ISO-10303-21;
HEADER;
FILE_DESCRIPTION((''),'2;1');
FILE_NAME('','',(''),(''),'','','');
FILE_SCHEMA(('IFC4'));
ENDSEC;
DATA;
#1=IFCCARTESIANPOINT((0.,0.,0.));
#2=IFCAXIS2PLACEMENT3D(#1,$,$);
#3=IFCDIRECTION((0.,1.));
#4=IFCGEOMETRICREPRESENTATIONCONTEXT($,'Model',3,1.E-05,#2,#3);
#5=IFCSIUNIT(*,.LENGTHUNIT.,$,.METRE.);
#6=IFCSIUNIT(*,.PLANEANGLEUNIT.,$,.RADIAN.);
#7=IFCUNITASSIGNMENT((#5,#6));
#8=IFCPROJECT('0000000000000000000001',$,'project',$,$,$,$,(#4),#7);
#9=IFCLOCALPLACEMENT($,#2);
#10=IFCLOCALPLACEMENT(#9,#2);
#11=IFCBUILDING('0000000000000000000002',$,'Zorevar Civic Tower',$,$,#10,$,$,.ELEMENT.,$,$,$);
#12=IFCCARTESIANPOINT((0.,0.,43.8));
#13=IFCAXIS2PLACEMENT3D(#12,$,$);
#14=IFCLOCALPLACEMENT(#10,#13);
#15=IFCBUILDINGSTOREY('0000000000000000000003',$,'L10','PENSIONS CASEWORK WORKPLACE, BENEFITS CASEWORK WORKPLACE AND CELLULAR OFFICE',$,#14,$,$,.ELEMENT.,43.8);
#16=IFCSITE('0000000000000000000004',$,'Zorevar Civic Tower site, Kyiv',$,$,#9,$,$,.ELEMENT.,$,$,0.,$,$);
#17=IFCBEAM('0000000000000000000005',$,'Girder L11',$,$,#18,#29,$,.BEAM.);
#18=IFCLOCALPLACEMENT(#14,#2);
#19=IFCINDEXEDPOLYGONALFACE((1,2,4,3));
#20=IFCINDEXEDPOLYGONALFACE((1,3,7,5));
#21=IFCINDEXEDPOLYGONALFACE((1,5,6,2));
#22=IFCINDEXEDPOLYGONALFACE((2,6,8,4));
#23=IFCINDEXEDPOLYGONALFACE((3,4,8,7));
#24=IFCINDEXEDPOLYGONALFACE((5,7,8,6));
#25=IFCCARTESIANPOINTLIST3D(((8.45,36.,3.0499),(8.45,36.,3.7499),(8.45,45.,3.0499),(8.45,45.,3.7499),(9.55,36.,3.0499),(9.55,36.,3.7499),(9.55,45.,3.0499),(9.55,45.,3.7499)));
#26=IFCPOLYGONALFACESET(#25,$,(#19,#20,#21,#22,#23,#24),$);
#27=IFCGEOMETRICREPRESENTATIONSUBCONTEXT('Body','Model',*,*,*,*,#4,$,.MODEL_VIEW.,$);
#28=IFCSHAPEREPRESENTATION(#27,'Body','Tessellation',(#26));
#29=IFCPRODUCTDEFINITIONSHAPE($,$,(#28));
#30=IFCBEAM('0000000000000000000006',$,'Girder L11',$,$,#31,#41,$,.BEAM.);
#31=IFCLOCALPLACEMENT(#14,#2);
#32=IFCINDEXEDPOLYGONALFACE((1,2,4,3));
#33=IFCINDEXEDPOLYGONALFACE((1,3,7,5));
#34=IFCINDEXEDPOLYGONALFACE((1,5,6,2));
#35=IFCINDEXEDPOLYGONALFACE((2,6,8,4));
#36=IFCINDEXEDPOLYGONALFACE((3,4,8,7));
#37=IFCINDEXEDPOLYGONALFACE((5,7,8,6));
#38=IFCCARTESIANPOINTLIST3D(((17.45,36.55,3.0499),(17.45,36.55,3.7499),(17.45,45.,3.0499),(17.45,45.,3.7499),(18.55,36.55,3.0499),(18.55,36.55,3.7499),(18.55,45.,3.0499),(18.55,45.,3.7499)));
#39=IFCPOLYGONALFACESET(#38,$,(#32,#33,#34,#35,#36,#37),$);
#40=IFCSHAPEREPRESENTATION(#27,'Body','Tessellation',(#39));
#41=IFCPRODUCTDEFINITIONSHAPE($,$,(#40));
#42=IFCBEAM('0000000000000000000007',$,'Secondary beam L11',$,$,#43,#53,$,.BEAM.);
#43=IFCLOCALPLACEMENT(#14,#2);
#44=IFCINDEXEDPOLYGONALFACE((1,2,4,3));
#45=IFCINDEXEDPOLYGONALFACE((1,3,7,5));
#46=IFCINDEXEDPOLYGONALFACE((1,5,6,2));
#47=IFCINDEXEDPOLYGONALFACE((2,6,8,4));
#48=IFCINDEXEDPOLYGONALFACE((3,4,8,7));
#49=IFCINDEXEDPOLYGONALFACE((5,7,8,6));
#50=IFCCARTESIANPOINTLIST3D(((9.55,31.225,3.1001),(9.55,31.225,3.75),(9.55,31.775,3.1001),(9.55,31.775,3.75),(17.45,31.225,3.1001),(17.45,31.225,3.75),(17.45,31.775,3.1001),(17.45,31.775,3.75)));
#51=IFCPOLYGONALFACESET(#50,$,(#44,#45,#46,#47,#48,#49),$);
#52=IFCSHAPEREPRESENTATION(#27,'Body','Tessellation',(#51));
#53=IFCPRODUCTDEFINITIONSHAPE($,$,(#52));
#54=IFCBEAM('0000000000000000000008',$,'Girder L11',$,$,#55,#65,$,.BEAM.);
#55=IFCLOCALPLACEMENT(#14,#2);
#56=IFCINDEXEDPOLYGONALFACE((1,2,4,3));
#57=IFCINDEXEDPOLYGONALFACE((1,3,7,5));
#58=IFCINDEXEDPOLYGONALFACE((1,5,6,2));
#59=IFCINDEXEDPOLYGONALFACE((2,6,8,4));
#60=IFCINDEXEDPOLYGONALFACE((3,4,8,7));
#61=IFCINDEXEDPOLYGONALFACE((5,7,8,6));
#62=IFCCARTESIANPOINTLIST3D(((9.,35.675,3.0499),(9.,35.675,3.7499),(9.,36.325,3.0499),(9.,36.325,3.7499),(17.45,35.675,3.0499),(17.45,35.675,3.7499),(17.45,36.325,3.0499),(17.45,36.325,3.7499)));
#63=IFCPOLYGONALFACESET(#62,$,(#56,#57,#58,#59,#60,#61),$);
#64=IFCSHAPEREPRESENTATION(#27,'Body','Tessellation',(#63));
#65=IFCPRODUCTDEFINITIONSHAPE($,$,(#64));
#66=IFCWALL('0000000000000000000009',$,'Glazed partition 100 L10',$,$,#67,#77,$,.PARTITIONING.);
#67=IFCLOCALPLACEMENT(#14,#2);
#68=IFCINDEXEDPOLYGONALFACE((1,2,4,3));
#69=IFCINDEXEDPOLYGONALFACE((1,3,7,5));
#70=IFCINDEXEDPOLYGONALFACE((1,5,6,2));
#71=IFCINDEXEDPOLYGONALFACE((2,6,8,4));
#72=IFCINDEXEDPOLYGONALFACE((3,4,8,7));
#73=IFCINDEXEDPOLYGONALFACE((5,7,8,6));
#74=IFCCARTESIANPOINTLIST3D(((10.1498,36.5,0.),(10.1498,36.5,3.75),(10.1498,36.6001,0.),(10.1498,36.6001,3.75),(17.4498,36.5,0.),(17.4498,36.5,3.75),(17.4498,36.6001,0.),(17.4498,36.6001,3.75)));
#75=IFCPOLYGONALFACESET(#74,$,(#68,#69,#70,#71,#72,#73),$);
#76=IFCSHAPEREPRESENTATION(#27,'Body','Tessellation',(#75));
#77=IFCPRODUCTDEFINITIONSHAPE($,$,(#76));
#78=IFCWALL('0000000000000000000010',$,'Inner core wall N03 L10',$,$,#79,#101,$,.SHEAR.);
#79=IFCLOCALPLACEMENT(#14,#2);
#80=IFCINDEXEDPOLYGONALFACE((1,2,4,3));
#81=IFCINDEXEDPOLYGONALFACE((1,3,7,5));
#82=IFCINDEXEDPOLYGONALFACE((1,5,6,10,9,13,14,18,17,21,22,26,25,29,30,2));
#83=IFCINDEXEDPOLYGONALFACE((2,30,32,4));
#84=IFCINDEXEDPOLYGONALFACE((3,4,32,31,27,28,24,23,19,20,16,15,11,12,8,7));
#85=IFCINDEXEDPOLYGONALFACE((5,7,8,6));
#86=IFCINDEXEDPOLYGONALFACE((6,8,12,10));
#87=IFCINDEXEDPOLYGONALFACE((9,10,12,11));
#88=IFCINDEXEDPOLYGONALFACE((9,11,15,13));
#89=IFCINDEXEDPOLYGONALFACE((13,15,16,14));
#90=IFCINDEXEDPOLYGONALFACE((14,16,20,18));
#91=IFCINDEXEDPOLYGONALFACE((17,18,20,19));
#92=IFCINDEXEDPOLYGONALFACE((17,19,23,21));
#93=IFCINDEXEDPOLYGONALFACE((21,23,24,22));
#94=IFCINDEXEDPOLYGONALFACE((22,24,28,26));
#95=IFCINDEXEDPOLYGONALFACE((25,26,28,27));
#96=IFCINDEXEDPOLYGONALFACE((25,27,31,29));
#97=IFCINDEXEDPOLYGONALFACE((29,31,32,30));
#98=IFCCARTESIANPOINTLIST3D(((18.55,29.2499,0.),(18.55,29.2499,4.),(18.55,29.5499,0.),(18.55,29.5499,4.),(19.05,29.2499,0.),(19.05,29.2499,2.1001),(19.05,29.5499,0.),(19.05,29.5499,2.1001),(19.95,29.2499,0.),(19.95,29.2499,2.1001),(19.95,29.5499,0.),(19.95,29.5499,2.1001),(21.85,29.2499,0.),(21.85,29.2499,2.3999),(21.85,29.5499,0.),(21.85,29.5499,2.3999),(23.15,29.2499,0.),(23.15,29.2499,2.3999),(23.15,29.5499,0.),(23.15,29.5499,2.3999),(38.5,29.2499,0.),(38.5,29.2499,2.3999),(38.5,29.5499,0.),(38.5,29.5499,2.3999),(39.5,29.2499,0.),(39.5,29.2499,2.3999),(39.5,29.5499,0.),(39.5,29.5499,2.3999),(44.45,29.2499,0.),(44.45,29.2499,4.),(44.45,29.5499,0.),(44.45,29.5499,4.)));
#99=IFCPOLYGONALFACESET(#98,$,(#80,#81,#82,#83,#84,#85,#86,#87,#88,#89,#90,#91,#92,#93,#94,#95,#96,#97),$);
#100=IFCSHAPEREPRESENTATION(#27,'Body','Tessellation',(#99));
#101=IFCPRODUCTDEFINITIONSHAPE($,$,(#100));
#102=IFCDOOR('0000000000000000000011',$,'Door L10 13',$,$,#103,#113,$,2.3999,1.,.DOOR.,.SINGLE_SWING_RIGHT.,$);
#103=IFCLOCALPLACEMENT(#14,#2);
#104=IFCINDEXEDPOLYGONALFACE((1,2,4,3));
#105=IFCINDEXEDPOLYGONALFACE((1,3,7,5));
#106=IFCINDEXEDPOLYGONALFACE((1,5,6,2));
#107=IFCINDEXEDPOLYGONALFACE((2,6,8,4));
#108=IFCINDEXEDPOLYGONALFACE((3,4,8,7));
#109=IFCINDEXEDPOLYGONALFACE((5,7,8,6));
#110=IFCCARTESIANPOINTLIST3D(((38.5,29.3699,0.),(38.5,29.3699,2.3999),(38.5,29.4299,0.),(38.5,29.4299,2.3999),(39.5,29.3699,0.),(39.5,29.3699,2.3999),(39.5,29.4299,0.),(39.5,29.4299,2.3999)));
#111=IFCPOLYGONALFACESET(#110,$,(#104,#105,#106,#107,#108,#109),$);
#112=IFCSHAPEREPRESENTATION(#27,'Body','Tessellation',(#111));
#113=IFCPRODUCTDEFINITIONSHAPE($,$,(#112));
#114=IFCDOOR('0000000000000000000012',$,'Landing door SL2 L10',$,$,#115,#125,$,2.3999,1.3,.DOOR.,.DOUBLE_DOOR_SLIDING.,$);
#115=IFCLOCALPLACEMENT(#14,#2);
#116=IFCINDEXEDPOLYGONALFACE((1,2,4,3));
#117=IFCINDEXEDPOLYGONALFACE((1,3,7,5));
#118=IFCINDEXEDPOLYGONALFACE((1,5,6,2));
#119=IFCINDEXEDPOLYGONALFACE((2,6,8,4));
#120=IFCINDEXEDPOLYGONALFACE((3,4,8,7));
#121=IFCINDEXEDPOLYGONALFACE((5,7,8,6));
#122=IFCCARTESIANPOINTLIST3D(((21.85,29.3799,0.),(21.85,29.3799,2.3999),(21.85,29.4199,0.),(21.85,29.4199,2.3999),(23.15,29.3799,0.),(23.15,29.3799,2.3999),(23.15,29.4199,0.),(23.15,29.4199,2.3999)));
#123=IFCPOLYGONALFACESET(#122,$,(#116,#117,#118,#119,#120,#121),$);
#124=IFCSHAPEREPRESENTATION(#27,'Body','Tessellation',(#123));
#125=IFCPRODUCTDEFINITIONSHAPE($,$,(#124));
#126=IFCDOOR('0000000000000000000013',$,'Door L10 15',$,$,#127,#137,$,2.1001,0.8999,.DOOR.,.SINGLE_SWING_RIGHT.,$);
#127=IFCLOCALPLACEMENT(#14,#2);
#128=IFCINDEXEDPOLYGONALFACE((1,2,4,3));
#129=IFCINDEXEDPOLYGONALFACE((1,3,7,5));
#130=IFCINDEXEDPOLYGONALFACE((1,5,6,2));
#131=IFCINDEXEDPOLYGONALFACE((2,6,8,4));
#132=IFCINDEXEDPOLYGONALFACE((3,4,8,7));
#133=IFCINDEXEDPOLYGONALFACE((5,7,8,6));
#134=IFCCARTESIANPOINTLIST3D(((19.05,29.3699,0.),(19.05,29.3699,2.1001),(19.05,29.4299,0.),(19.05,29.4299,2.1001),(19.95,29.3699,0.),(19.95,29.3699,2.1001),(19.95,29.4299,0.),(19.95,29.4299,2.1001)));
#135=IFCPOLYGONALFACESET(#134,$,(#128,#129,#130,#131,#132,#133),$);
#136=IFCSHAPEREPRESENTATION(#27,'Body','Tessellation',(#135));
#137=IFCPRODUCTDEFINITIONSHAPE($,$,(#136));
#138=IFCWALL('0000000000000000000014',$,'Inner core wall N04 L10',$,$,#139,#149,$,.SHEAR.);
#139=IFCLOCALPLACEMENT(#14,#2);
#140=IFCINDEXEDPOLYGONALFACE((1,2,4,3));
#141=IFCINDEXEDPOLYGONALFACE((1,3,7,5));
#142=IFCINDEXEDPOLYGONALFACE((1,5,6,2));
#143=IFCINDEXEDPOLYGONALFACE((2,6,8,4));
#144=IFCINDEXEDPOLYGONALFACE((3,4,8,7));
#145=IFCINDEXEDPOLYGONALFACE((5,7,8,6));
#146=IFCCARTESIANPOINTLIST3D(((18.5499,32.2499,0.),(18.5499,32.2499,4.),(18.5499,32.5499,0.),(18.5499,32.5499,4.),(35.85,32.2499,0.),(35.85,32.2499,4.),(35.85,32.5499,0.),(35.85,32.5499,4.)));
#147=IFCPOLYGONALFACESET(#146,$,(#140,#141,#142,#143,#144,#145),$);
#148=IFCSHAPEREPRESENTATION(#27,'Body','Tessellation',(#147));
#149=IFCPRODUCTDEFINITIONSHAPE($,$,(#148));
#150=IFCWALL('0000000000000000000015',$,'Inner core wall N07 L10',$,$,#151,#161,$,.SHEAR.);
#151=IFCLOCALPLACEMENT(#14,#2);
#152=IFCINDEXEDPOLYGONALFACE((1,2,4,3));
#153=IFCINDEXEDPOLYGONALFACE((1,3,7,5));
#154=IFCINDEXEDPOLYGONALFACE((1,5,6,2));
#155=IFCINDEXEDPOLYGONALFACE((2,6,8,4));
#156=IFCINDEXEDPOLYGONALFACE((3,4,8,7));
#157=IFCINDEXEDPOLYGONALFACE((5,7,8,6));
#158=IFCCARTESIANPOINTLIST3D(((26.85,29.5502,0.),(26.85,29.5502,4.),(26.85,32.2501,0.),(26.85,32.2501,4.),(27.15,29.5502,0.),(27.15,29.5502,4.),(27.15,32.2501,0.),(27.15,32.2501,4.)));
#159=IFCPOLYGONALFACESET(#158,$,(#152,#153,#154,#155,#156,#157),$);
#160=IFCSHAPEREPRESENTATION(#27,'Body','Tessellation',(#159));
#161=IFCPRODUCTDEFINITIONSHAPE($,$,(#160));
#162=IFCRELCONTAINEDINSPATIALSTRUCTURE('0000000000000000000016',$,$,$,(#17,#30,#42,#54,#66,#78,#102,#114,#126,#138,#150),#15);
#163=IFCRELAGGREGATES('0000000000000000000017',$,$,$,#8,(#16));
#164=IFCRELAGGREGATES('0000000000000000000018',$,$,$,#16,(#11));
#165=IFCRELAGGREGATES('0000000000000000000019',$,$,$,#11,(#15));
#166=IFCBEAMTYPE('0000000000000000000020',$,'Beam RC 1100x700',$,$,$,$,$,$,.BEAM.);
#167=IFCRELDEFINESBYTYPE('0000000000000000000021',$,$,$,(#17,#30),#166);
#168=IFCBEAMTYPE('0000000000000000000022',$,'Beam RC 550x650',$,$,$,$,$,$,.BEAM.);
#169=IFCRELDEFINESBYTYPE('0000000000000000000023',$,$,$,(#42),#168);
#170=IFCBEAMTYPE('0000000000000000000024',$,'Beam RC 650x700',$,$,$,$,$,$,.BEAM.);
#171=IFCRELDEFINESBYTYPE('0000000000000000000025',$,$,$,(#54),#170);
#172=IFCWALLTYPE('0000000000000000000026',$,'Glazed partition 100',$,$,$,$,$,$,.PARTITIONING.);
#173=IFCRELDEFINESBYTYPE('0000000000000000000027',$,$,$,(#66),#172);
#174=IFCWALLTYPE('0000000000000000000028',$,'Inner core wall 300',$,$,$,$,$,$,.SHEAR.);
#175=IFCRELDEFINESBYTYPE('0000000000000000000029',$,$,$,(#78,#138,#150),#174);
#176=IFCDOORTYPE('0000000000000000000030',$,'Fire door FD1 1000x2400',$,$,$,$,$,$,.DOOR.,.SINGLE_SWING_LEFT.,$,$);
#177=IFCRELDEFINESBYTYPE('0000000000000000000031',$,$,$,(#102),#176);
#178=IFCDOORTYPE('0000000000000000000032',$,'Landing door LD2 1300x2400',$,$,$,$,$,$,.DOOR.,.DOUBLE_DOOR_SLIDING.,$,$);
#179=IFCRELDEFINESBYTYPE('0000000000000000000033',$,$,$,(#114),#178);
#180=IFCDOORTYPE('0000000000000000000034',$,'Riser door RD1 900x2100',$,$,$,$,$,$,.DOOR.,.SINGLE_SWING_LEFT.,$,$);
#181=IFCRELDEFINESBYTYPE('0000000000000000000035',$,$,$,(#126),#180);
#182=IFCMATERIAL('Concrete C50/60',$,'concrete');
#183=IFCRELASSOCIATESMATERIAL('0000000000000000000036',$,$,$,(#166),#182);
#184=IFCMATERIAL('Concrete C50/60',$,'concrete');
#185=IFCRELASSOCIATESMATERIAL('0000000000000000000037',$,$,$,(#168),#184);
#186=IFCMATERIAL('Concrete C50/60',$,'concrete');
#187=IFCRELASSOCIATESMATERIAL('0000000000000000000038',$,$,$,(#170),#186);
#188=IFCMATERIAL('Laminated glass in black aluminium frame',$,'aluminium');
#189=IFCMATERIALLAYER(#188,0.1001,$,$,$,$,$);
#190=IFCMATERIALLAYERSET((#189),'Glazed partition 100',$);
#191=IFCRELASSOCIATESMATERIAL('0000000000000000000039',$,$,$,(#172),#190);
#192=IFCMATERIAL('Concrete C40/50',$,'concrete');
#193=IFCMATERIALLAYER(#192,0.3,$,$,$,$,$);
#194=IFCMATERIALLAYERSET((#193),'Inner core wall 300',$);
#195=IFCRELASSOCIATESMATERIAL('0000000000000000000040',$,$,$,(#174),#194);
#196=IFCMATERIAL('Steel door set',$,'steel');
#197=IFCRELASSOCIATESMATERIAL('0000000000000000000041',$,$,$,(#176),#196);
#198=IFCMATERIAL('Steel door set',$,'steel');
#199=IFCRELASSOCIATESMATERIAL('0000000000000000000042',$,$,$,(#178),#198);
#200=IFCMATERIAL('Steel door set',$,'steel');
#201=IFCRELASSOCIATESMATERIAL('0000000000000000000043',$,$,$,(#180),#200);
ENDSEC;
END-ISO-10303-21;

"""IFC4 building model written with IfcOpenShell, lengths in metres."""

from ifc_helpers import new_model, si_unit, direction, frame, frame_2d, origin, origin_2d, place, context, subcontext, project, spatial, rectangle, extrude, material, layer, layer_set, material_profile, profile_set, type_object, element, fill, save


model = new_model("IFC4")

# Units and contexts
model_context = context("Model", 3, precision=1e-05, world=origin(), true_north=direction((0.0, 1.0)))
body_context = subcontext(model_context, "Body", "Model", "MODEL_VIEW")
ifc_project = project(units=[si_unit("LENGTHUNIT", "METRE"), si_unit("PLANEANGLEUNIT", "RADIAN")], contexts=[model_context])

# Site, building, storey
site_placement = place(None, origin())
site = spatial("IfcSite", under=ifc_project, at=site_placement, Name="Zorevar Civic Tower site, Kyiv", CompositionType="ELEMENT", RefElevation=0.0)
building_placement = place(site_placement, origin())
building = spatial("IfcBuilding", under=site, at=building_placement, Name="Zorevar Civic Tower", CompositionType="ELEMENT")
storey_placement = place(building_placement, frame((0.0, 0.0, 43.8)))
storey = spatial("IfcBuildingStorey", under=building, at=storey_placement, Name="L10", Description="PENSIONS CASEWORK WORKPLACE, BENEFITS CASEWORK WORKPLACE AND CELLULAR OFFICE", CompositionType="ELEMENT", Elevation=43.8)

# Beams
ifc_material_1 = material(Name="Concrete C50/60", Category="concrete")
ifc_material_profile_1 = material_profile(ifc_material_1, rectangle(XDim=1.1001, YDim=0.7, at=origin_2d()), Name="RC 1100x700")
ifc_profile_set_1 = profile_set([ifc_material_profile_1], Name="Concrete C50/60")
beam_type_1 = type_object("IfcBeamType", Name="Beam RC 1100x700", PredefinedType="BEAM", material=ifc_profile_set_1)
beam_1_placement = place(storey_placement, frame((9.0, 36.0, 3.3999), z_axis=(0.0, 1.0, 0.0), x_axis=(-1.0, 0.0, 0.0)))
element("IfcBeam", 1, at=beam_1_placement, inside=storey, type_object=beam_type_1, Name="Girder L11", PredefinedType="BEAM", context=body_context, shape_type="SweptSolid", body=[
    extrude(rectangle(XDim=1.1001, YDim=0.7, at=origin_2d()), origin(), (0.0, 0.0, 1.0), 9.0),
])
beam_2_placement = place(storey_placement, frame((18.0, 36.55, 3.3999), z_axis=(0.0, 1.0, 0.0), x_axis=(-1.0, 0.0, 0.0)))
element("IfcBeam", 2, at=beam_2_placement, inside=storey, type_object=beam_type_1, Name="Girder L11", PredefinedType="BEAM", context=body_context, shape_type="SweptSolid", body=[
    extrude(rectangle(XDim=1.1001, YDim=0.7, at=origin_2d()), origin(), (0.0, 0.0, 1.0), 8.45),
])
ifc_material_2 = material(Name="Concrete C50/60", Category="concrete")
ifc_material_profile_2 = material_profile(ifc_material_2, rectangle(XDim=0.55, YDim=0.6499, at=origin_2d()), Name="RC 550x650")
ifc_profile_set_2 = profile_set([ifc_material_profile_2], Name="Concrete C50/60")
beam_type_2 = type_object("IfcBeamType", Name="Beam RC 550x650", PredefinedType="BEAM", material=ifc_profile_set_2)
beam_3_placement = place(storey_placement, frame((9.55, 31.5, 3.425), z_axis=(1.0, 0.0, 0.0), x_axis=(0.0, 1.0, 0.0)))
element("IfcBeam", 3, at=beam_3_placement, inside=storey, type_object=beam_type_2, Name="Secondary beam L11", PredefinedType="BEAM", context=body_context, shape_type="SweptSolid", body=[
    extrude(rectangle(XDim=0.55, YDim=0.6499, at=origin_2d()), origin(), (0.0, 0.0, 1.0), 7.8999),
])
ifc_material_3 = material(Name="Concrete C50/60", Category="concrete")
ifc_material_profile_3 = material_profile(ifc_material_3, rectangle(XDim=0.6499, YDim=0.7, at=origin_2d()), Name="RC 650x700")
ifc_profile_set_3 = profile_set([ifc_material_profile_3], Name="Concrete C50/60")
beam_type_3 = type_object("IfcBeamType", Name="Beam RC 650x700", PredefinedType="BEAM", material=ifc_profile_set_3)
beam_4_placement = place(storey_placement, frame((9.0, 36.0, 3.3999), z_axis=(1.0, 0.0, 0.0), x_axis=(0.0, 1.0, 0.0)))
element("IfcBeam", 4, at=beam_4_placement, inside=storey, type_object=beam_type_3, Name="Girder L11", PredefinedType="BEAM", context=body_context, shape_type="SweptSolid", body=[
    extrude(rectangle(XDim=0.6499, YDim=0.7, at=origin_2d()), origin(), (0.0, 0.0, 1.0), 8.45),
])

# Wall
ifc_material_4 = material(Name="Laminated glass in black aluminium frame", Category="aluminium")
ifc_layer_1 = layer(ifc_material_4, 0.1001)
ifc_layer_set_1 = layer_set([ifc_layer_1], Name="Glazed partition 100")
wall_type_1 = type_object("IfcWallType", Name="Glazed partition 100", PredefinedType="PARTITIONING", material=ifc_layer_set_1)
wall_1_placement = place(storey_placement, frame((10.1499, 36.55, 0.0), z_axis=(0.0, 0.0, 1.0), x_axis=(1.0, 0.0, 0.0)))
element("IfcWall", 5, at=wall_1_placement, inside=storey, type_object=wall_type_1, Name="Glazed partition 100 L10", PredefinedType="PARTITIONING", context=body_context, shape_type="SweptSolid", body=[
    extrude(rectangle(XDim=7.3, YDim=0.1001, at=frame_2d((3.6499, 0.0))), origin(), (0.0, 0.0, 1.0), 3.75),
])

# Wall, openings, doors
ifc_material_5 = material(Name="Concrete C40/50", Category="concrete")
ifc_layer_2 = layer(ifc_material_5, 0.3)
ifc_layer_set_2 = layer_set([ifc_layer_2], Name="Inner core wall 300")
wall_type_2 = type_object("IfcWallType", Name="Inner core wall 300", PredefinedType="SHEAR", material=ifc_layer_set_2)
wall_2_placement = place(storey_placement, frame((18.55, 29.3999, 0.0), z_axis=(0.0, 0.0, 1.0), x_axis=(1.0, 0.0, 0.0)))
wall_2 = element("IfcWall", 6, at=wall_2_placement, inside=storey, type_object=wall_type_2, Name="Inner core wall N03 L10", PredefinedType="SHEAR", context=body_context, shape_type="SweptSolid", body=[
    extrude(rectangle(XDim=25.8999, YDim=0.3, at=frame_2d((12.95, 0.0))), origin(), (0.0, 0.0, 1.0), 4.0),
])
opening_1_placement = place(wall_2_placement, frame((19.95, 0.0, 0.0)))
opening_1 = element("IfcOpeningElement", 7, at=opening_1_placement, cuts=wall_2, PredefinedType="OPENING", context=body_context, shape_type="SweptSolid", body=[
    extrude(rectangle(XDim=1.0, YDim=2.3999, at=frame_2d((0.5, 1.2))), frame((0.0, 0.1599, 0.0), z_axis=(0.0, -1.0, 0.0), x_axis=(1.0, 0.0, 0.0)), (0.0, 0.0, 1.0), 0.3201),
])
opening_2_placement = place(wall_2_placement, frame((0.5, 0.0, 0.0)))
opening_2 = element("IfcOpeningElement", 8, at=opening_2_placement, cuts=wall_2, PredefinedType="OPENING", context=body_context, shape_type="SweptSolid", body=[
    extrude(rectangle(XDim=0.8999, YDim=2.1001, at=frame_2d((0.45, 1.05))), frame((0.0, 0.1599, 0.0), z_axis=(0.0, -1.0, 0.0), x_axis=(1.0, 0.0, 0.0)), (0.0, 0.0, 1.0), 0.3201),
])
opening_3_placement = place(wall_2_placement, frame((3.3, 0.0, 0.0)))
opening_3 = element("IfcOpeningElement", 9, at=opening_3_placement, cuts=wall_2, PredefinedType="OPENING", context=body_context, shape_type="SweptSolid", body=[
    extrude(rectangle(XDim=1.3, YDim=2.3999, at=frame_2d((0.6499, 1.2))), frame((0.0, 0.1599, 0.0), z_axis=(0.0, -1.0, 0.0), x_axis=(1.0, 0.0, 0.0)), (0.0, 0.0, 1.0), 0.3201),
])
ifc_material_6 = material(Name="Steel door set", Category="steel")
door_type_1 = type_object("IfcDoorType", Name="Fire door FD1 1000x2400", OperationType="SINGLE_SWING_LEFT", PredefinedType="DOOR", material=ifc_material_6)
door_1_placement = place(opening_1_placement, origin())
door_1 = element("IfcDoor", 10, at=door_1_placement, inside=storey, type_object=door_type_1, Name="Door L10 13", OperationType="SINGLE_SWING_RIGHT", OverallHeight=2.3999, OverallWidth=1.0, PredefinedType="DOOR", context=body_context, shape_type="SweptSolid", body=[
    extrude(rectangle(XDim=1.0, YDim=2.3999, at=frame_2d((0.5, 1.2))), frame((0.0, 0.03, 0.0), z_axis=(0.0, -1.0, 0.0), x_axis=(1.0, 0.0, 0.0)), (0.0, 0.0, 1.0), 0.0601),
])
fill(opening_1, door_1)
ifc_material_7 = material(Name="Steel door set", Category="steel")
door_type_2 = type_object("IfcDoorType", Name="Landing door LD2 1300x2400", OperationType="DOUBLE_DOOR_SLIDING", PredefinedType="DOOR", material=ifc_material_7)
door_2_placement = place(opening_3_placement, origin())
door_2 = element("IfcDoor", 11, at=door_2_placement, inside=storey, type_object=door_type_2, Name="Landing door SL2 L10", OperationType="DOUBLE_DOOR_SLIDING", OverallHeight=2.3999, OverallWidth=1.3, PredefinedType="DOOR", context=body_context, shape_type="SweptSolid", body=[
    extrude(rectangle(XDim=1.3, YDim=2.3999, at=frame_2d((0.6499, 1.2))), frame((0.0, 0.02, 0.0), z_axis=(0.0, -1.0, 0.0), x_axis=(1.0, 0.0, 0.0)), (0.0, 0.0, 1.0), 0.04),
])
fill(opening_3, door_2)
ifc_material_8 = material(Name="Steel door set", Category="steel")
door_type_3 = type_object("IfcDoorType", Name="Riser door RD1 900x2100", OperationType="SINGLE_SWING_LEFT", PredefinedType="DOOR", material=ifc_material_8)
door_3_placement = place(opening_2_placement, origin())
door_3 = element("IfcDoor", 12, at=door_3_placement, inside=storey, type_object=door_type_3, Name="Door L10 15", OperationType="SINGLE_SWING_RIGHT", OverallHeight=2.1001, OverallWidth=0.8999, PredefinedType="DOOR", context=body_context, shape_type="SweptSolid", body=[
    extrude(rectangle(XDim=0.8999, YDim=2.1001, at=frame_2d((0.45, 1.05))), frame((0.0, 0.03, 0.0), z_axis=(0.0, -1.0, 0.0), x_axis=(1.0, 0.0, 0.0)), (0.0, 0.0, 1.0), 0.0601),
])
fill(opening_2, door_3)

# Walls
wall_3_placement = place(storey_placement, frame((18.55, 32.3999, 0.0), z_axis=(0.0, 0.0, 1.0), x_axis=(1.0, 0.0, 0.0)))
element("IfcWall", 13, at=wall_3_placement, inside=storey, type_object=wall_type_2, Name="Inner core wall N04 L10", PredefinedType="SHEAR", context=body_context, shape_type="SweptSolid", body=[
    extrude(rectangle(XDim=17.3, YDim=0.3, at=frame_2d((8.6499, 0.0))), origin(), (0.0, 0.0, 1.0), 4.0),
])
wall_4_placement = place(storey_placement, frame((27.0, 29.55, 0.0), z_axis=(0.0, 0.0, 1.0), x_axis=(0.0, 1.0, 0.0)))
element("IfcWall", 14, at=wall_4_placement, inside=storey, type_object=wall_type_2, Name="Inner core wall N07 L10", PredefinedType="SHEAR", context=body_context, shape_type="SweptSolid", body=[
    extrude(rectangle(XDim=2.7, YDim=0.3, at=frame_2d((1.3501, 0.0))), origin(), (0.0, 0.0, 1.0), 4.0),
])

save(model, "model.ifc")
